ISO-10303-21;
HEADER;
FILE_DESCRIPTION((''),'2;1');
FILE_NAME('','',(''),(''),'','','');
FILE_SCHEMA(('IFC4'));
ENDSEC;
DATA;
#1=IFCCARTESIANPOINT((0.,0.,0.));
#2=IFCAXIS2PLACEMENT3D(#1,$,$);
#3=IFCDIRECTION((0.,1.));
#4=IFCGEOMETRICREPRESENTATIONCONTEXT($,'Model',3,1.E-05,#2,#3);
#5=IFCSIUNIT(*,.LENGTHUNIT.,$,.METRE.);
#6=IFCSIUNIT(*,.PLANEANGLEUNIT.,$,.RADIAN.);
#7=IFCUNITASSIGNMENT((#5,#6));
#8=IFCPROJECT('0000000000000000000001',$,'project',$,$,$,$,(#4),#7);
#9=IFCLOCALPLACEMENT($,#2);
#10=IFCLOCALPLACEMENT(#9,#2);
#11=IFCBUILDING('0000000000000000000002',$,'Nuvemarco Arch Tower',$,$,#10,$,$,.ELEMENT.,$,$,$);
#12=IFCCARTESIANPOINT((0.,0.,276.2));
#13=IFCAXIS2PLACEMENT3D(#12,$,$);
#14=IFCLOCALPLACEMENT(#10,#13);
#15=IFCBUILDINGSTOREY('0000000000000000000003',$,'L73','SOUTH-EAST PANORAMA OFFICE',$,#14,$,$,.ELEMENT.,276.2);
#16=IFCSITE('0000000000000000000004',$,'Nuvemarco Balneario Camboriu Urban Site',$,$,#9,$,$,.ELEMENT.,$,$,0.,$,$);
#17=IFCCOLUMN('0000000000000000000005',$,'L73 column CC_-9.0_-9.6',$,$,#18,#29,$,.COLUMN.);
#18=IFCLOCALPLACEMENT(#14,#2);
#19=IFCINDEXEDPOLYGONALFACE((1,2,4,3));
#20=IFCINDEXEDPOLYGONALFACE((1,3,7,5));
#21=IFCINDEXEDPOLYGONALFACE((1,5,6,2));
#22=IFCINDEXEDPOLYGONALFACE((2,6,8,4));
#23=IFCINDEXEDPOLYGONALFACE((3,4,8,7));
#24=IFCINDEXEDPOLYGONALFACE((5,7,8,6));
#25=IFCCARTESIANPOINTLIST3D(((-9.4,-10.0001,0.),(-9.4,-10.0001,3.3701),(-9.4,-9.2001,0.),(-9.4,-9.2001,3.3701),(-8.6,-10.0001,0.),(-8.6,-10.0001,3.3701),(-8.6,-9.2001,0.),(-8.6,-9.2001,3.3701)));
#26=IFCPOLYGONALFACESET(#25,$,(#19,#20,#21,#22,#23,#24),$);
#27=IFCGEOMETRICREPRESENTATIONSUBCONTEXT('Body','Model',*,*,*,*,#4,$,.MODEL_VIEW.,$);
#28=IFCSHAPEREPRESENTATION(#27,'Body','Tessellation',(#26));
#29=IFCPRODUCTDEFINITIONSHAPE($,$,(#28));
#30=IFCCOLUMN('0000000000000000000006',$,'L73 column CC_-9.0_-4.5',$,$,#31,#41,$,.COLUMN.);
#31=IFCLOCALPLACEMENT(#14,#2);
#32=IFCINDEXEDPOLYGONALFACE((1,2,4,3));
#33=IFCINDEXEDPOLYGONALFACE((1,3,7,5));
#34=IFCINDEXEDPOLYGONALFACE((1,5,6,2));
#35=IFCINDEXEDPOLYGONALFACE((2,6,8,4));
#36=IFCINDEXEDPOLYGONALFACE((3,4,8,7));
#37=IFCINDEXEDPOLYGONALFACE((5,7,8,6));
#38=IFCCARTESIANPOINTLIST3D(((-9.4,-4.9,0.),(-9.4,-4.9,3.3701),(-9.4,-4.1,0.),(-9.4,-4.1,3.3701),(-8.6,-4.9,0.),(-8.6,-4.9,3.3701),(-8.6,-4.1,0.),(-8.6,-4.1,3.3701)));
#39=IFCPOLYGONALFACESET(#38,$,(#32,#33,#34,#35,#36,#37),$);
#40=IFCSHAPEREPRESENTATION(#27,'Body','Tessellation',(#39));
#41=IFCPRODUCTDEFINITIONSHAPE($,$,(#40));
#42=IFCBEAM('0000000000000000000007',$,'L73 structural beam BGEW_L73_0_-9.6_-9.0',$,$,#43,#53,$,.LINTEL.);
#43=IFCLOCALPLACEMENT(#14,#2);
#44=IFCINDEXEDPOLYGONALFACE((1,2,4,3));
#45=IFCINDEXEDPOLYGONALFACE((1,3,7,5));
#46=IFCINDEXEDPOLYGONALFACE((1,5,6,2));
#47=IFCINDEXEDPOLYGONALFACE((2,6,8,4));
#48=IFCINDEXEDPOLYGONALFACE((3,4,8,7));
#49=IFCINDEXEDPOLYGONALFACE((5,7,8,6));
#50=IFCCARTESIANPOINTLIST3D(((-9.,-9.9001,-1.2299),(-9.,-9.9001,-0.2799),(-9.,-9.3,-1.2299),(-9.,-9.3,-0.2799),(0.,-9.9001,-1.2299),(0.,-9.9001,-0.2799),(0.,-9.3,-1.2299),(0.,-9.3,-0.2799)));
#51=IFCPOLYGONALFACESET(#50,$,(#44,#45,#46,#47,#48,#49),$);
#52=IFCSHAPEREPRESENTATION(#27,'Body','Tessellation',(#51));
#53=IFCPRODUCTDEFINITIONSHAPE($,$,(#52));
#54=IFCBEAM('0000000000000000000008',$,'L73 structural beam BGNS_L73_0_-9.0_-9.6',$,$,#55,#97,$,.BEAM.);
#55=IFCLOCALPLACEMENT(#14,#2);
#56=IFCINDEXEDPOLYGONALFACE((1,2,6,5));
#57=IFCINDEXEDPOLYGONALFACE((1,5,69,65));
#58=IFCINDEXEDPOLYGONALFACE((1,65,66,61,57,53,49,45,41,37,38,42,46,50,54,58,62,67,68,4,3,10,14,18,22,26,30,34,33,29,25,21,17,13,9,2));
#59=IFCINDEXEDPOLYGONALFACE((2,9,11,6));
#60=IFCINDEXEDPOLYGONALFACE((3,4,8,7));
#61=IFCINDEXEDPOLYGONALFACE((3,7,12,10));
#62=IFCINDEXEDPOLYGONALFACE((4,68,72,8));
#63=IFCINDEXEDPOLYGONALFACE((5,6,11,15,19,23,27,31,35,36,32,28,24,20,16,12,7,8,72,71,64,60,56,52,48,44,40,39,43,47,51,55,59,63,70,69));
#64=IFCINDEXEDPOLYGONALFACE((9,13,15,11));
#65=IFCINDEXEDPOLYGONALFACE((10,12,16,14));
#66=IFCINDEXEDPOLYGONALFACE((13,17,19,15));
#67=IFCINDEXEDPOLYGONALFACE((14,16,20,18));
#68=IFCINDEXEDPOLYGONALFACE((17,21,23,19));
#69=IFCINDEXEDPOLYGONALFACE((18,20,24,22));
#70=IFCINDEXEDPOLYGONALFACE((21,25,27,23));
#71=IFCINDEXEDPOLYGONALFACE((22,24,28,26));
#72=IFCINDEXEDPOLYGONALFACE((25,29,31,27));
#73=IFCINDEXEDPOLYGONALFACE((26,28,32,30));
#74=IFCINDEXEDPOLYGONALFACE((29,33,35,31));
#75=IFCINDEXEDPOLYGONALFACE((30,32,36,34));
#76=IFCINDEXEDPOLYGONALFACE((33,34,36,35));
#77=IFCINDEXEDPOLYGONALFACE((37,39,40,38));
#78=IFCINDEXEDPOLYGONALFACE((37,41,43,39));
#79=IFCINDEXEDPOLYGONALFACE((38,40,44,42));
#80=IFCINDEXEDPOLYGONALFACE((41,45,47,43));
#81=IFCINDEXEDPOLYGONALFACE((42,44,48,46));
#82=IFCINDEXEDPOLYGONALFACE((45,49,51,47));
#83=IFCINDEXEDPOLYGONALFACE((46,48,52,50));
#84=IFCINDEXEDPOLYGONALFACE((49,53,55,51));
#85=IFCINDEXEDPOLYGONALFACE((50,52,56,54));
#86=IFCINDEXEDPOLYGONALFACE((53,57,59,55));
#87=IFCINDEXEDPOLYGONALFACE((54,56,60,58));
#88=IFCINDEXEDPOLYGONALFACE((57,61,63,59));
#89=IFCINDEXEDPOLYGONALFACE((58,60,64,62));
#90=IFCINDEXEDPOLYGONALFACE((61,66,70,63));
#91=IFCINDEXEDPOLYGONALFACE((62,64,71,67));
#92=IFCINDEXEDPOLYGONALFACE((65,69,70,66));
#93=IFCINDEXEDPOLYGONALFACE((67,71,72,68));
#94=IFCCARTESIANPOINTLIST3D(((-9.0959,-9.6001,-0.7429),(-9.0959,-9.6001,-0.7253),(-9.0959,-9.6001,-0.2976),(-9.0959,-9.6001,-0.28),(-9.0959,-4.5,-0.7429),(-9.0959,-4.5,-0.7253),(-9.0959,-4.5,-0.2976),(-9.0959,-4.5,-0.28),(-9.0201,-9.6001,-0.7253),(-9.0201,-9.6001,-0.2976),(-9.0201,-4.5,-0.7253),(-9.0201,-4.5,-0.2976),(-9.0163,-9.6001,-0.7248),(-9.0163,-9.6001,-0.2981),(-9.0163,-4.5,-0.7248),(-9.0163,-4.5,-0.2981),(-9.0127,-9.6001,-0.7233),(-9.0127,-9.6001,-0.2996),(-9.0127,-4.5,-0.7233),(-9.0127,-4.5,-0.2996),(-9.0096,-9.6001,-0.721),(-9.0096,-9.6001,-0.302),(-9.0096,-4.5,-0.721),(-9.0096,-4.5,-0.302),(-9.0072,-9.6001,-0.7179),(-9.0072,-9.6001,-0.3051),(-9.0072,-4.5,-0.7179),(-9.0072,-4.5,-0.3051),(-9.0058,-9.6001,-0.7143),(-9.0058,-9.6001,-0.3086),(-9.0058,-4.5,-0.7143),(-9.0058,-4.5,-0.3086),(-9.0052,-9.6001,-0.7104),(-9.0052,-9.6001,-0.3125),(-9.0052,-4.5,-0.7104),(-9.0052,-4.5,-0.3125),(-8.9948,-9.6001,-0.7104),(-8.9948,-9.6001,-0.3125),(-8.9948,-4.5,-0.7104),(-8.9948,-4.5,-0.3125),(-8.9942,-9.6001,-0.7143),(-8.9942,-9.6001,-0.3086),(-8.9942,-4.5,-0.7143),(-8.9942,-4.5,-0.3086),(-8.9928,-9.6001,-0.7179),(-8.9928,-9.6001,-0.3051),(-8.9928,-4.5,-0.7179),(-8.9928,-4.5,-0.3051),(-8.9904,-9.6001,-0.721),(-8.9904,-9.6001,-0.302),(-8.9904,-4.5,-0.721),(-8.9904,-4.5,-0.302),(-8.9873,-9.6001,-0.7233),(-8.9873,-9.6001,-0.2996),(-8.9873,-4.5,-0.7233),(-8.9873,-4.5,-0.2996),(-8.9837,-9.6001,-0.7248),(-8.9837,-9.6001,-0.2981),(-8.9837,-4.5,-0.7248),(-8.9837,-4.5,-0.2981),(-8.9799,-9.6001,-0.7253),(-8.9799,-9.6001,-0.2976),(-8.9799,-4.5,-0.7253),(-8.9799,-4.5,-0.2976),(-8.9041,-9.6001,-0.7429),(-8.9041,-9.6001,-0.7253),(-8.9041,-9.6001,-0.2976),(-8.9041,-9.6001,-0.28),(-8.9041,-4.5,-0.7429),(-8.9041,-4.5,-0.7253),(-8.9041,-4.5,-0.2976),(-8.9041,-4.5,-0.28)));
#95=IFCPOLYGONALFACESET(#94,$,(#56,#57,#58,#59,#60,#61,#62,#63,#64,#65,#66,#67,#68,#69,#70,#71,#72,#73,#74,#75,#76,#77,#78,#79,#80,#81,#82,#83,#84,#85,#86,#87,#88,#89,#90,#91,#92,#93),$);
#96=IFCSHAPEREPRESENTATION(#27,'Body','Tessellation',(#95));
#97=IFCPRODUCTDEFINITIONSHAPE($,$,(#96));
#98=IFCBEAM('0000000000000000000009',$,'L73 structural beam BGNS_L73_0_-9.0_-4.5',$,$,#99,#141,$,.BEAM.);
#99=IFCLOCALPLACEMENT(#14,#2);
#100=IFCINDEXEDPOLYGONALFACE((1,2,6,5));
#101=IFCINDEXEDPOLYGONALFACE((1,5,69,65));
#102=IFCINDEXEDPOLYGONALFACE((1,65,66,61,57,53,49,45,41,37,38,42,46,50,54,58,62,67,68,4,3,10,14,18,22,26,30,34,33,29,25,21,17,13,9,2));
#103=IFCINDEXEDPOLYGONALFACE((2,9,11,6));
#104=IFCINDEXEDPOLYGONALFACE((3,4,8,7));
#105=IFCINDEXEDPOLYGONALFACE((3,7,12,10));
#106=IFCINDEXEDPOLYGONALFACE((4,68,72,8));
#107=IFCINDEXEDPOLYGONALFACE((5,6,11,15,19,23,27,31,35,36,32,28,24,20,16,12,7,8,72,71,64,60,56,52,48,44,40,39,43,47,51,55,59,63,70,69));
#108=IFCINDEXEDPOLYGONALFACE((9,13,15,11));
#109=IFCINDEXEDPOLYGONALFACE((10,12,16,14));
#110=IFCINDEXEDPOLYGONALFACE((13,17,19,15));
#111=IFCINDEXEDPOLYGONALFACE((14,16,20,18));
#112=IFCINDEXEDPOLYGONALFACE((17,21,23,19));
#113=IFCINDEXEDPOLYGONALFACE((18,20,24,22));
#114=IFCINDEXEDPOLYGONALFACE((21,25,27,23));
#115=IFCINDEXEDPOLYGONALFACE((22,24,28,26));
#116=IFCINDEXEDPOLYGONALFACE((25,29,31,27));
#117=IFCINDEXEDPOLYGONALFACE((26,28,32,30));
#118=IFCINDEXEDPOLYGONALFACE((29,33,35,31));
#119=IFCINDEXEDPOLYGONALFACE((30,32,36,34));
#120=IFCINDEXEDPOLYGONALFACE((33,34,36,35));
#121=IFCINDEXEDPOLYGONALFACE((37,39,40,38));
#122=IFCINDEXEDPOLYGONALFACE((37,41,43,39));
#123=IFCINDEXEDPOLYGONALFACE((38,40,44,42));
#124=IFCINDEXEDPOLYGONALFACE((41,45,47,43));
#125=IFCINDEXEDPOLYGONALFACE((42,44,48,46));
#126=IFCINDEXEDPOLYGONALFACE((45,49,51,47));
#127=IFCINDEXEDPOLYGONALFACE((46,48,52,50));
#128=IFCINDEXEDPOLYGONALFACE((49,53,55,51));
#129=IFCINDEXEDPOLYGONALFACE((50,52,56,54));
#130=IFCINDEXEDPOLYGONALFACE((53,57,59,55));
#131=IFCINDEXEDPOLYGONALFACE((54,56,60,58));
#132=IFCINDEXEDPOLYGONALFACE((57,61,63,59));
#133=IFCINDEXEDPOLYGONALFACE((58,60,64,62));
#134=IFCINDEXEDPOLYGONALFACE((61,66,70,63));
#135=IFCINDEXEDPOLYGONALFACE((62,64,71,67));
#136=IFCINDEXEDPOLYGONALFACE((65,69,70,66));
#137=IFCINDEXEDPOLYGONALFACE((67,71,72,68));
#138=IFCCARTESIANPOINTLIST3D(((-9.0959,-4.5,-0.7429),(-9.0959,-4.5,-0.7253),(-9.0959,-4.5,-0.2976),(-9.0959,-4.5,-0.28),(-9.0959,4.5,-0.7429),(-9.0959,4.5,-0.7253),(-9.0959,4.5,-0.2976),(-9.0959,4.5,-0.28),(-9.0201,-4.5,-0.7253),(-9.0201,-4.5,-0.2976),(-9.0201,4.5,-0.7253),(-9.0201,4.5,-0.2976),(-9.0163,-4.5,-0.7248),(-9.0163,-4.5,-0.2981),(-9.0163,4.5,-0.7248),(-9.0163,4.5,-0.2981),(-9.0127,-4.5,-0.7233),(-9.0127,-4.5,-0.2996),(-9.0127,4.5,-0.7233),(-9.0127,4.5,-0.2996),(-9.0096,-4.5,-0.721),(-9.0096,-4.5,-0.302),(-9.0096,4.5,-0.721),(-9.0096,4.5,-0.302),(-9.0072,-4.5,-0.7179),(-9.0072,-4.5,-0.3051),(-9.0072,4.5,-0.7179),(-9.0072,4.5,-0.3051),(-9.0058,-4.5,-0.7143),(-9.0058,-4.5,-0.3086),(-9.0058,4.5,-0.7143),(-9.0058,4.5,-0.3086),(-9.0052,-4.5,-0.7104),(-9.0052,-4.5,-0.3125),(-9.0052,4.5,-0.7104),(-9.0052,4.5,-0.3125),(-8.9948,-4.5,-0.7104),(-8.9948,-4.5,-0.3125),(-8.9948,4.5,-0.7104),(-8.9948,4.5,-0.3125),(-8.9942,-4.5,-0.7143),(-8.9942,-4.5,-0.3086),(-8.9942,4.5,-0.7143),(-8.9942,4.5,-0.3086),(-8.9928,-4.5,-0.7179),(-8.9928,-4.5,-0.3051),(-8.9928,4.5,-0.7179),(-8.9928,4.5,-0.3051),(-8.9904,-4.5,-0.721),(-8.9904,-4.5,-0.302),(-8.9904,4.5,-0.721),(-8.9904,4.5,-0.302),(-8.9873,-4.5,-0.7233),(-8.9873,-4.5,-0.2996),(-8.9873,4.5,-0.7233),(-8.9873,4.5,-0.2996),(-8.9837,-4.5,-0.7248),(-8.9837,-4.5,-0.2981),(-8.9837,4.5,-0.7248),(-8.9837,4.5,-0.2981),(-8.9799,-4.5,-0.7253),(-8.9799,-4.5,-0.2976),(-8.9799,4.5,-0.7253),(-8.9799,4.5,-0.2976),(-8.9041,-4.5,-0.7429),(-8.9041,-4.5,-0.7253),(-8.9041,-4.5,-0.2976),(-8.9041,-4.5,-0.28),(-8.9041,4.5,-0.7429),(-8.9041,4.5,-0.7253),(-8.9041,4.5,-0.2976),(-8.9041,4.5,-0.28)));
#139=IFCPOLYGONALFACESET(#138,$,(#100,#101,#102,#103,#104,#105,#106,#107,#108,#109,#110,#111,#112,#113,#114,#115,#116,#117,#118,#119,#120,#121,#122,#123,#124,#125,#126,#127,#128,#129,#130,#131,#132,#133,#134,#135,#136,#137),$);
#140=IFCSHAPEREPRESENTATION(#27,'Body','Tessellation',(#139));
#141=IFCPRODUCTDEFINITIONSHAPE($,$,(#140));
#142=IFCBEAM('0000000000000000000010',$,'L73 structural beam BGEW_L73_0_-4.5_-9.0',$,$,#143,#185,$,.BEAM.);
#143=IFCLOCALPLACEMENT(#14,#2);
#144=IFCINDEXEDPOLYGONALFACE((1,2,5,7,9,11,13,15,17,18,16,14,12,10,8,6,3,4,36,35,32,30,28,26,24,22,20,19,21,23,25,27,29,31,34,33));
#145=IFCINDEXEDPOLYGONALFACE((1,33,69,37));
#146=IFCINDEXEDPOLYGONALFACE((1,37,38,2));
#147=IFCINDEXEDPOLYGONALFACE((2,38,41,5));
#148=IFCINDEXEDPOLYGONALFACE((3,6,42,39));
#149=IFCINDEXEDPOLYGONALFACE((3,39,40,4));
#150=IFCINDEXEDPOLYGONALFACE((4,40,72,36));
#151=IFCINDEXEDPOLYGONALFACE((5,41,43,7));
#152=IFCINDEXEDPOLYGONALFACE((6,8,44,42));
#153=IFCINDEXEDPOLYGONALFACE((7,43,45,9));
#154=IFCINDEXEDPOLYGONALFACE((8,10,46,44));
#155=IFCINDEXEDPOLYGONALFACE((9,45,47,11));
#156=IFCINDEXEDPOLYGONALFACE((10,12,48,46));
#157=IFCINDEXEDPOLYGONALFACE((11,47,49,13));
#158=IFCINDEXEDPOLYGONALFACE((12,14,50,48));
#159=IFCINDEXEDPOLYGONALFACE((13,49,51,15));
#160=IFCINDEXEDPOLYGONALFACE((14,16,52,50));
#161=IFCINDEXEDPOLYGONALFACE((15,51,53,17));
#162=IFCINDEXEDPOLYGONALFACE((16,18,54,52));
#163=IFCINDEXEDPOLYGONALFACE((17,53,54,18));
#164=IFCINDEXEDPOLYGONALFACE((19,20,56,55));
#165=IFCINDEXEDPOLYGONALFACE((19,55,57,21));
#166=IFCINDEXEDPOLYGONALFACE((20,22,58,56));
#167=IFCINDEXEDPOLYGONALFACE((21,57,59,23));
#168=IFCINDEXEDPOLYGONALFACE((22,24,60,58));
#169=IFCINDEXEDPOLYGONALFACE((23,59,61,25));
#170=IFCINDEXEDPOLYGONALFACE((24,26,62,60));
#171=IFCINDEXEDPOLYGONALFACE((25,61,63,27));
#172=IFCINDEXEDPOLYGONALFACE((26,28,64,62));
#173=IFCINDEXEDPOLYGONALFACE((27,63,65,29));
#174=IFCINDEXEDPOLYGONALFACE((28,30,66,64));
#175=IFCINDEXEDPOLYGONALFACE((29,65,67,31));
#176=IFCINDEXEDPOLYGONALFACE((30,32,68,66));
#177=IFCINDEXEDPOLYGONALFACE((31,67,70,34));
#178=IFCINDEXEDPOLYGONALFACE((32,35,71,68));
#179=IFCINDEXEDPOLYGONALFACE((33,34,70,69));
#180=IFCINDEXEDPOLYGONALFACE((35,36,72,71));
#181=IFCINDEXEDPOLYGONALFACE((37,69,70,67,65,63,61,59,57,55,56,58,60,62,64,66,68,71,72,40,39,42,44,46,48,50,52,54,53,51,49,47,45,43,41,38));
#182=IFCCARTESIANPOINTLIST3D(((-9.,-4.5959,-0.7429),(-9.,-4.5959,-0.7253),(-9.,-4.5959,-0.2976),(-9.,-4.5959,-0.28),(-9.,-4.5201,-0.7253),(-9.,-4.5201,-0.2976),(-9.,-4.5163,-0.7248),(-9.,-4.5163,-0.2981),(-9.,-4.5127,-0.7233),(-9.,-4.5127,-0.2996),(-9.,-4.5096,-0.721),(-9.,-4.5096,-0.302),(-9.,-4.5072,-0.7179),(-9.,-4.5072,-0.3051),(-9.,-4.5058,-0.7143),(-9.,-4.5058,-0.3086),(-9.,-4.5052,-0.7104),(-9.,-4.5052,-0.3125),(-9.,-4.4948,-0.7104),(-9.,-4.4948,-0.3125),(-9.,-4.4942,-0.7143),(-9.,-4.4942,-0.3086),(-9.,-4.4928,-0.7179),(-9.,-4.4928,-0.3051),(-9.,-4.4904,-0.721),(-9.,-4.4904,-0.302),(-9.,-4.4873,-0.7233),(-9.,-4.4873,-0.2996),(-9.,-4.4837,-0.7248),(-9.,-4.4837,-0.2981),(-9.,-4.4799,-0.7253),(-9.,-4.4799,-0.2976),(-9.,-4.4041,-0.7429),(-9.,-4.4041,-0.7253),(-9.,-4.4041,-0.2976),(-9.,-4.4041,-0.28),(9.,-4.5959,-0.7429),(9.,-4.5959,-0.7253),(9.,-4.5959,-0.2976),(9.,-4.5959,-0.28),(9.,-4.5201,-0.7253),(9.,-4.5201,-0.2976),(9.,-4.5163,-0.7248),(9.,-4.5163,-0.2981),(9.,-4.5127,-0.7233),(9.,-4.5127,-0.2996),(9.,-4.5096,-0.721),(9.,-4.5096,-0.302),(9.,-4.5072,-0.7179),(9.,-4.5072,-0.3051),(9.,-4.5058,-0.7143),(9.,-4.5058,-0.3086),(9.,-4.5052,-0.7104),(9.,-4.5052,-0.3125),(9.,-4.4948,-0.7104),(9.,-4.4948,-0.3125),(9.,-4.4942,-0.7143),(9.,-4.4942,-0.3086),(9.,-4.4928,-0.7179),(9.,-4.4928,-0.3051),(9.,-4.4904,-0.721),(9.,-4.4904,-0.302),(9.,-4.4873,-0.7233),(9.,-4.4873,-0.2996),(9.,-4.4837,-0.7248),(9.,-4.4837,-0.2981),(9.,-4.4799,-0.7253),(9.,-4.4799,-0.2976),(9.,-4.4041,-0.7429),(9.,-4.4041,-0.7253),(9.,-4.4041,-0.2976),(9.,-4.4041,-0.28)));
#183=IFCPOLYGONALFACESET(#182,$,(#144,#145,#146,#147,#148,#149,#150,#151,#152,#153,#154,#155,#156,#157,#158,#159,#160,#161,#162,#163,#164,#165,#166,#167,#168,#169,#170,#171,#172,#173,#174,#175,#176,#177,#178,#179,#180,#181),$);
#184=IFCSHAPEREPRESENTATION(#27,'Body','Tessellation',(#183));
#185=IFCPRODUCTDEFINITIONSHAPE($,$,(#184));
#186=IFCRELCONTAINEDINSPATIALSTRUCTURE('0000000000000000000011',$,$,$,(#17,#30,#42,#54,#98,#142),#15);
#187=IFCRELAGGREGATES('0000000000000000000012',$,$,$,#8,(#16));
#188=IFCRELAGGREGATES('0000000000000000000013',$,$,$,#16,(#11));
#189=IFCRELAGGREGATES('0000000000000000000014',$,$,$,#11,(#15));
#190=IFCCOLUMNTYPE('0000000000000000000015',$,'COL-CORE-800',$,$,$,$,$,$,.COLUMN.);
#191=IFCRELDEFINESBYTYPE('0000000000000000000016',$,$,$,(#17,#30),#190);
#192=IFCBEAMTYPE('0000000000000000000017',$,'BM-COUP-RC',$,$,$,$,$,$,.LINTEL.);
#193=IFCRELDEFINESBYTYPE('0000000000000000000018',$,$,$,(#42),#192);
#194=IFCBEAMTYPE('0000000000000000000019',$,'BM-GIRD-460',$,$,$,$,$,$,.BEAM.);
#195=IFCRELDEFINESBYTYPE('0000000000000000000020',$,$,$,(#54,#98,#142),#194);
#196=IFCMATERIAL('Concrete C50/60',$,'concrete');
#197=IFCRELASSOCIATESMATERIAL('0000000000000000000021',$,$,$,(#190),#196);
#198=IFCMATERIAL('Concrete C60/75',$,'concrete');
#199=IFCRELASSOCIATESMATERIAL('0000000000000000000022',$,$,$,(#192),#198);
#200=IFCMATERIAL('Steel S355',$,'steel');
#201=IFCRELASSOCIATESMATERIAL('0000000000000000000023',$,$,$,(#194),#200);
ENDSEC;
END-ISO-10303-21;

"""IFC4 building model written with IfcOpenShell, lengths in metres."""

from ifc_helpers import new_model, si_unit, direction, frame, origin, origin_2d, place, context, subcontext, project, spatial, rectangle, i_section, extrude, material, material_profile, profile_set, type_object, element, save


model = new_model("IFC4")

# Units and contexts
model_context = context("Model", 3, precision=1e-05, world=origin(), true_north=direction((0.0, 1.0)))
body_context = subcontext(model_context, "Body", "Model", "MODEL_VIEW")
ifc_project = project(units=[si_unit("LENGTHUNIT", "METRE"), si_unit("PLANEANGLEUNIT", "RADIAN")], contexts=[model_context])

# Site, building, storey
site_placement = place(None, origin())
site = spatial("IfcSite", under=ifc_project, at=site_placement, Name="Nuvemarco Balneario Camboriu Urban Site", CompositionType="ELEMENT", RefElevation=0.0)
building_placement = place(site_placement, origin())
building = spatial("IfcBuilding", under=site, at=building_placement, Name="Nuvemarco Arch Tower", CompositionType="ELEMENT")
storey_placement = place(building_placement, frame((0.0, 0.0, 276.2)))
storey = spatial("IfcBuildingStorey", under=building, at=storey_placement, Name="L73", Description="SOUTH-EAST PANORAMA OFFICE", CompositionType="ELEMENT", Elevation=276.2)

# Columns
ifc_material_1 = material(Name="Concrete C50/60", Category="concrete")
ifc_material_profile_1 = material_profile(ifc_material_1, rectangle(XDim=0.8, YDim=0.8, at=origin_2d()), Name="RC-COL-800x800")
ifc_profile_set_1 = profile_set([ifc_material_profile_1], Name="Concrete C50/60")
column_type = type_object("IfcColumnType", Name="COL-CORE-800", PredefinedType="COLUMN", material=ifc_profile_set_1)
for number, where, z_axis, x_axis, name in (
    (1, (-9.0, -9.6001, 0.0), (0.0, 0.0, 1.0), (1.0, 0.0, 0.0), "L73 column CC_-9.0_-9.6"),
    (2, (-9.0, -4.5, 0.0), (0.0, 0.0, 1.0), (1.0, 0.0, 0.0), "L73 column CC_-9.0_-4.5"),
):
    element("IfcColumn", number, at=place(storey_placement, frame(where, z_axis=z_axis, x_axis=x_axis)), inside=storey, type_object=column_type, Name=name, PredefinedType="COLUMN", context=body_context, shape_type="SweptSolid", body=[
        extrude(rectangle(XDim=0.8, YDim=0.8, at=origin_2d()), origin(), (0.0, 0.0, 1.0), 3.3701),
    ])

# Beams
ifc_material_2 = material(Name="Concrete C60/75", Category="concrete")
ifc_material_profile_2 = material_profile(ifc_material_2, rectangle(XDim=0.6001, YDim=0.95, at=origin_2d()), Name="RC-BM-600x950")
ifc_profile_set_2 = profile_set([ifc_material_profile_2], Name="Concrete C60/75")
beam_type_1 = type_object("IfcBeamType", Name="BM-COUP-RC", PredefinedType="LINTEL", material=ifc_profile_set_2)
beam_1_placement = place(storey_placement, frame((-9.0, -9.6001, -0.7549), z_axis=(1.0, 0.0, 0.0), x_axis=(0.0, 1.0, 0.0)))
element("IfcBeam", 3, at=beam_1_placement, inside=storey, type_object=beam_type_1, Name="L73 structural beam BGEW_L73_0_-9.6_-9.0", PredefinedType="LINTEL", context=body_context, shape_type="SweptSolid", body=[
    extrude(rectangle(XDim=0.6001, YDim=0.95, at=origin_2d()), origin(), (0.0, 0.0, 1.0), 9.0),
])
ifc_material_3 = material(Name="Steel S355", Category="steel")
ifc_material_profile_3 = material_profile(ifc_material_3, i_section(OverallWidth=0.1919, OverallDepth=0.4629, WebThickness=0.0105, FlangeThickness=0.0176, FilletRadius=0.0149, at=origin_2d()), Name="W460x89")
ifc_profile_set_3 = profile_set([ifc_material_profile_3], Name="Steel S355")
beam_type_2 = type_object("IfcBeamType", Name="BM-GIRD-460", PredefinedType="BEAM", material=ifc_profile_set_3)
beam_2_placement = place(storey_placement, frame((-9.0, -9.6001, -0.5115), z_axis=(0.0, 1.0, 0.0), x_axis=(-1.0, 0.0, 0.0)))
element("IfcBeam", 4, at=beam_2_placement, inside=storey, type_object=beam_type_2, Name="L73 structural beam BGNS_L73_0_-9.0_-9.6", PredefinedType="BEAM", context=body_context, shape_type="SweptSolid", body=[
    extrude(i_section(OverallWidth=0.1919, OverallDepth=0.4629, WebThickness=0.0105, FlangeThickness=0.0176, FilletRadius=0.0149, at=origin_2d()), origin(), (0.0, 0.0, 1.0), 5.1001),
])
beam_3_placement = place(storey_placement, frame((-9.0, -4.5, -0.5115), z_axis=(0.0, 1.0, 0.0), x_axis=(-1.0, 0.0, 0.0)))
element("IfcBeam", 5, at=beam_3_placement, inside=storey, type_object=beam_type_2, Name="L73 structural beam BGNS_L73_0_-9.0_-4.5", PredefinedType="BEAM", context=body_context, shape_type="SweptSolid", body=[
    extrude(i_section(OverallWidth=0.1919, OverallDepth=0.4629, WebThickness=0.0105, FlangeThickness=0.0176, FilletRadius=0.0149, at=origin_2d()), origin(), (0.0, 0.0, 1.0), 9.0),
])
beam_4_placement = place(storey_placement, frame((-9.0, -4.5, -0.5115), z_axis=(1.0, 0.0, 0.0), x_axis=(0.0, 1.0, 0.0)))
element("IfcBeam", 6, at=beam_4_placement, inside=storey, type_object=beam_type_2, Name="L73 structural beam BGEW_L73_0_-4.5_-9.0", PredefinedType="BEAM", context=body_context, shape_type="SweptSolid", body=[
    extrude(i_section(OverallWidth=0.1919, OverallDepth=0.4629, WebThickness=0.0105, FlangeThickness=0.0176, FilletRadius=0.0149, at=origin_2d()), origin(), (0.0, 0.0, 1.0), 18.0),
])

save(model, "model.ifc")
